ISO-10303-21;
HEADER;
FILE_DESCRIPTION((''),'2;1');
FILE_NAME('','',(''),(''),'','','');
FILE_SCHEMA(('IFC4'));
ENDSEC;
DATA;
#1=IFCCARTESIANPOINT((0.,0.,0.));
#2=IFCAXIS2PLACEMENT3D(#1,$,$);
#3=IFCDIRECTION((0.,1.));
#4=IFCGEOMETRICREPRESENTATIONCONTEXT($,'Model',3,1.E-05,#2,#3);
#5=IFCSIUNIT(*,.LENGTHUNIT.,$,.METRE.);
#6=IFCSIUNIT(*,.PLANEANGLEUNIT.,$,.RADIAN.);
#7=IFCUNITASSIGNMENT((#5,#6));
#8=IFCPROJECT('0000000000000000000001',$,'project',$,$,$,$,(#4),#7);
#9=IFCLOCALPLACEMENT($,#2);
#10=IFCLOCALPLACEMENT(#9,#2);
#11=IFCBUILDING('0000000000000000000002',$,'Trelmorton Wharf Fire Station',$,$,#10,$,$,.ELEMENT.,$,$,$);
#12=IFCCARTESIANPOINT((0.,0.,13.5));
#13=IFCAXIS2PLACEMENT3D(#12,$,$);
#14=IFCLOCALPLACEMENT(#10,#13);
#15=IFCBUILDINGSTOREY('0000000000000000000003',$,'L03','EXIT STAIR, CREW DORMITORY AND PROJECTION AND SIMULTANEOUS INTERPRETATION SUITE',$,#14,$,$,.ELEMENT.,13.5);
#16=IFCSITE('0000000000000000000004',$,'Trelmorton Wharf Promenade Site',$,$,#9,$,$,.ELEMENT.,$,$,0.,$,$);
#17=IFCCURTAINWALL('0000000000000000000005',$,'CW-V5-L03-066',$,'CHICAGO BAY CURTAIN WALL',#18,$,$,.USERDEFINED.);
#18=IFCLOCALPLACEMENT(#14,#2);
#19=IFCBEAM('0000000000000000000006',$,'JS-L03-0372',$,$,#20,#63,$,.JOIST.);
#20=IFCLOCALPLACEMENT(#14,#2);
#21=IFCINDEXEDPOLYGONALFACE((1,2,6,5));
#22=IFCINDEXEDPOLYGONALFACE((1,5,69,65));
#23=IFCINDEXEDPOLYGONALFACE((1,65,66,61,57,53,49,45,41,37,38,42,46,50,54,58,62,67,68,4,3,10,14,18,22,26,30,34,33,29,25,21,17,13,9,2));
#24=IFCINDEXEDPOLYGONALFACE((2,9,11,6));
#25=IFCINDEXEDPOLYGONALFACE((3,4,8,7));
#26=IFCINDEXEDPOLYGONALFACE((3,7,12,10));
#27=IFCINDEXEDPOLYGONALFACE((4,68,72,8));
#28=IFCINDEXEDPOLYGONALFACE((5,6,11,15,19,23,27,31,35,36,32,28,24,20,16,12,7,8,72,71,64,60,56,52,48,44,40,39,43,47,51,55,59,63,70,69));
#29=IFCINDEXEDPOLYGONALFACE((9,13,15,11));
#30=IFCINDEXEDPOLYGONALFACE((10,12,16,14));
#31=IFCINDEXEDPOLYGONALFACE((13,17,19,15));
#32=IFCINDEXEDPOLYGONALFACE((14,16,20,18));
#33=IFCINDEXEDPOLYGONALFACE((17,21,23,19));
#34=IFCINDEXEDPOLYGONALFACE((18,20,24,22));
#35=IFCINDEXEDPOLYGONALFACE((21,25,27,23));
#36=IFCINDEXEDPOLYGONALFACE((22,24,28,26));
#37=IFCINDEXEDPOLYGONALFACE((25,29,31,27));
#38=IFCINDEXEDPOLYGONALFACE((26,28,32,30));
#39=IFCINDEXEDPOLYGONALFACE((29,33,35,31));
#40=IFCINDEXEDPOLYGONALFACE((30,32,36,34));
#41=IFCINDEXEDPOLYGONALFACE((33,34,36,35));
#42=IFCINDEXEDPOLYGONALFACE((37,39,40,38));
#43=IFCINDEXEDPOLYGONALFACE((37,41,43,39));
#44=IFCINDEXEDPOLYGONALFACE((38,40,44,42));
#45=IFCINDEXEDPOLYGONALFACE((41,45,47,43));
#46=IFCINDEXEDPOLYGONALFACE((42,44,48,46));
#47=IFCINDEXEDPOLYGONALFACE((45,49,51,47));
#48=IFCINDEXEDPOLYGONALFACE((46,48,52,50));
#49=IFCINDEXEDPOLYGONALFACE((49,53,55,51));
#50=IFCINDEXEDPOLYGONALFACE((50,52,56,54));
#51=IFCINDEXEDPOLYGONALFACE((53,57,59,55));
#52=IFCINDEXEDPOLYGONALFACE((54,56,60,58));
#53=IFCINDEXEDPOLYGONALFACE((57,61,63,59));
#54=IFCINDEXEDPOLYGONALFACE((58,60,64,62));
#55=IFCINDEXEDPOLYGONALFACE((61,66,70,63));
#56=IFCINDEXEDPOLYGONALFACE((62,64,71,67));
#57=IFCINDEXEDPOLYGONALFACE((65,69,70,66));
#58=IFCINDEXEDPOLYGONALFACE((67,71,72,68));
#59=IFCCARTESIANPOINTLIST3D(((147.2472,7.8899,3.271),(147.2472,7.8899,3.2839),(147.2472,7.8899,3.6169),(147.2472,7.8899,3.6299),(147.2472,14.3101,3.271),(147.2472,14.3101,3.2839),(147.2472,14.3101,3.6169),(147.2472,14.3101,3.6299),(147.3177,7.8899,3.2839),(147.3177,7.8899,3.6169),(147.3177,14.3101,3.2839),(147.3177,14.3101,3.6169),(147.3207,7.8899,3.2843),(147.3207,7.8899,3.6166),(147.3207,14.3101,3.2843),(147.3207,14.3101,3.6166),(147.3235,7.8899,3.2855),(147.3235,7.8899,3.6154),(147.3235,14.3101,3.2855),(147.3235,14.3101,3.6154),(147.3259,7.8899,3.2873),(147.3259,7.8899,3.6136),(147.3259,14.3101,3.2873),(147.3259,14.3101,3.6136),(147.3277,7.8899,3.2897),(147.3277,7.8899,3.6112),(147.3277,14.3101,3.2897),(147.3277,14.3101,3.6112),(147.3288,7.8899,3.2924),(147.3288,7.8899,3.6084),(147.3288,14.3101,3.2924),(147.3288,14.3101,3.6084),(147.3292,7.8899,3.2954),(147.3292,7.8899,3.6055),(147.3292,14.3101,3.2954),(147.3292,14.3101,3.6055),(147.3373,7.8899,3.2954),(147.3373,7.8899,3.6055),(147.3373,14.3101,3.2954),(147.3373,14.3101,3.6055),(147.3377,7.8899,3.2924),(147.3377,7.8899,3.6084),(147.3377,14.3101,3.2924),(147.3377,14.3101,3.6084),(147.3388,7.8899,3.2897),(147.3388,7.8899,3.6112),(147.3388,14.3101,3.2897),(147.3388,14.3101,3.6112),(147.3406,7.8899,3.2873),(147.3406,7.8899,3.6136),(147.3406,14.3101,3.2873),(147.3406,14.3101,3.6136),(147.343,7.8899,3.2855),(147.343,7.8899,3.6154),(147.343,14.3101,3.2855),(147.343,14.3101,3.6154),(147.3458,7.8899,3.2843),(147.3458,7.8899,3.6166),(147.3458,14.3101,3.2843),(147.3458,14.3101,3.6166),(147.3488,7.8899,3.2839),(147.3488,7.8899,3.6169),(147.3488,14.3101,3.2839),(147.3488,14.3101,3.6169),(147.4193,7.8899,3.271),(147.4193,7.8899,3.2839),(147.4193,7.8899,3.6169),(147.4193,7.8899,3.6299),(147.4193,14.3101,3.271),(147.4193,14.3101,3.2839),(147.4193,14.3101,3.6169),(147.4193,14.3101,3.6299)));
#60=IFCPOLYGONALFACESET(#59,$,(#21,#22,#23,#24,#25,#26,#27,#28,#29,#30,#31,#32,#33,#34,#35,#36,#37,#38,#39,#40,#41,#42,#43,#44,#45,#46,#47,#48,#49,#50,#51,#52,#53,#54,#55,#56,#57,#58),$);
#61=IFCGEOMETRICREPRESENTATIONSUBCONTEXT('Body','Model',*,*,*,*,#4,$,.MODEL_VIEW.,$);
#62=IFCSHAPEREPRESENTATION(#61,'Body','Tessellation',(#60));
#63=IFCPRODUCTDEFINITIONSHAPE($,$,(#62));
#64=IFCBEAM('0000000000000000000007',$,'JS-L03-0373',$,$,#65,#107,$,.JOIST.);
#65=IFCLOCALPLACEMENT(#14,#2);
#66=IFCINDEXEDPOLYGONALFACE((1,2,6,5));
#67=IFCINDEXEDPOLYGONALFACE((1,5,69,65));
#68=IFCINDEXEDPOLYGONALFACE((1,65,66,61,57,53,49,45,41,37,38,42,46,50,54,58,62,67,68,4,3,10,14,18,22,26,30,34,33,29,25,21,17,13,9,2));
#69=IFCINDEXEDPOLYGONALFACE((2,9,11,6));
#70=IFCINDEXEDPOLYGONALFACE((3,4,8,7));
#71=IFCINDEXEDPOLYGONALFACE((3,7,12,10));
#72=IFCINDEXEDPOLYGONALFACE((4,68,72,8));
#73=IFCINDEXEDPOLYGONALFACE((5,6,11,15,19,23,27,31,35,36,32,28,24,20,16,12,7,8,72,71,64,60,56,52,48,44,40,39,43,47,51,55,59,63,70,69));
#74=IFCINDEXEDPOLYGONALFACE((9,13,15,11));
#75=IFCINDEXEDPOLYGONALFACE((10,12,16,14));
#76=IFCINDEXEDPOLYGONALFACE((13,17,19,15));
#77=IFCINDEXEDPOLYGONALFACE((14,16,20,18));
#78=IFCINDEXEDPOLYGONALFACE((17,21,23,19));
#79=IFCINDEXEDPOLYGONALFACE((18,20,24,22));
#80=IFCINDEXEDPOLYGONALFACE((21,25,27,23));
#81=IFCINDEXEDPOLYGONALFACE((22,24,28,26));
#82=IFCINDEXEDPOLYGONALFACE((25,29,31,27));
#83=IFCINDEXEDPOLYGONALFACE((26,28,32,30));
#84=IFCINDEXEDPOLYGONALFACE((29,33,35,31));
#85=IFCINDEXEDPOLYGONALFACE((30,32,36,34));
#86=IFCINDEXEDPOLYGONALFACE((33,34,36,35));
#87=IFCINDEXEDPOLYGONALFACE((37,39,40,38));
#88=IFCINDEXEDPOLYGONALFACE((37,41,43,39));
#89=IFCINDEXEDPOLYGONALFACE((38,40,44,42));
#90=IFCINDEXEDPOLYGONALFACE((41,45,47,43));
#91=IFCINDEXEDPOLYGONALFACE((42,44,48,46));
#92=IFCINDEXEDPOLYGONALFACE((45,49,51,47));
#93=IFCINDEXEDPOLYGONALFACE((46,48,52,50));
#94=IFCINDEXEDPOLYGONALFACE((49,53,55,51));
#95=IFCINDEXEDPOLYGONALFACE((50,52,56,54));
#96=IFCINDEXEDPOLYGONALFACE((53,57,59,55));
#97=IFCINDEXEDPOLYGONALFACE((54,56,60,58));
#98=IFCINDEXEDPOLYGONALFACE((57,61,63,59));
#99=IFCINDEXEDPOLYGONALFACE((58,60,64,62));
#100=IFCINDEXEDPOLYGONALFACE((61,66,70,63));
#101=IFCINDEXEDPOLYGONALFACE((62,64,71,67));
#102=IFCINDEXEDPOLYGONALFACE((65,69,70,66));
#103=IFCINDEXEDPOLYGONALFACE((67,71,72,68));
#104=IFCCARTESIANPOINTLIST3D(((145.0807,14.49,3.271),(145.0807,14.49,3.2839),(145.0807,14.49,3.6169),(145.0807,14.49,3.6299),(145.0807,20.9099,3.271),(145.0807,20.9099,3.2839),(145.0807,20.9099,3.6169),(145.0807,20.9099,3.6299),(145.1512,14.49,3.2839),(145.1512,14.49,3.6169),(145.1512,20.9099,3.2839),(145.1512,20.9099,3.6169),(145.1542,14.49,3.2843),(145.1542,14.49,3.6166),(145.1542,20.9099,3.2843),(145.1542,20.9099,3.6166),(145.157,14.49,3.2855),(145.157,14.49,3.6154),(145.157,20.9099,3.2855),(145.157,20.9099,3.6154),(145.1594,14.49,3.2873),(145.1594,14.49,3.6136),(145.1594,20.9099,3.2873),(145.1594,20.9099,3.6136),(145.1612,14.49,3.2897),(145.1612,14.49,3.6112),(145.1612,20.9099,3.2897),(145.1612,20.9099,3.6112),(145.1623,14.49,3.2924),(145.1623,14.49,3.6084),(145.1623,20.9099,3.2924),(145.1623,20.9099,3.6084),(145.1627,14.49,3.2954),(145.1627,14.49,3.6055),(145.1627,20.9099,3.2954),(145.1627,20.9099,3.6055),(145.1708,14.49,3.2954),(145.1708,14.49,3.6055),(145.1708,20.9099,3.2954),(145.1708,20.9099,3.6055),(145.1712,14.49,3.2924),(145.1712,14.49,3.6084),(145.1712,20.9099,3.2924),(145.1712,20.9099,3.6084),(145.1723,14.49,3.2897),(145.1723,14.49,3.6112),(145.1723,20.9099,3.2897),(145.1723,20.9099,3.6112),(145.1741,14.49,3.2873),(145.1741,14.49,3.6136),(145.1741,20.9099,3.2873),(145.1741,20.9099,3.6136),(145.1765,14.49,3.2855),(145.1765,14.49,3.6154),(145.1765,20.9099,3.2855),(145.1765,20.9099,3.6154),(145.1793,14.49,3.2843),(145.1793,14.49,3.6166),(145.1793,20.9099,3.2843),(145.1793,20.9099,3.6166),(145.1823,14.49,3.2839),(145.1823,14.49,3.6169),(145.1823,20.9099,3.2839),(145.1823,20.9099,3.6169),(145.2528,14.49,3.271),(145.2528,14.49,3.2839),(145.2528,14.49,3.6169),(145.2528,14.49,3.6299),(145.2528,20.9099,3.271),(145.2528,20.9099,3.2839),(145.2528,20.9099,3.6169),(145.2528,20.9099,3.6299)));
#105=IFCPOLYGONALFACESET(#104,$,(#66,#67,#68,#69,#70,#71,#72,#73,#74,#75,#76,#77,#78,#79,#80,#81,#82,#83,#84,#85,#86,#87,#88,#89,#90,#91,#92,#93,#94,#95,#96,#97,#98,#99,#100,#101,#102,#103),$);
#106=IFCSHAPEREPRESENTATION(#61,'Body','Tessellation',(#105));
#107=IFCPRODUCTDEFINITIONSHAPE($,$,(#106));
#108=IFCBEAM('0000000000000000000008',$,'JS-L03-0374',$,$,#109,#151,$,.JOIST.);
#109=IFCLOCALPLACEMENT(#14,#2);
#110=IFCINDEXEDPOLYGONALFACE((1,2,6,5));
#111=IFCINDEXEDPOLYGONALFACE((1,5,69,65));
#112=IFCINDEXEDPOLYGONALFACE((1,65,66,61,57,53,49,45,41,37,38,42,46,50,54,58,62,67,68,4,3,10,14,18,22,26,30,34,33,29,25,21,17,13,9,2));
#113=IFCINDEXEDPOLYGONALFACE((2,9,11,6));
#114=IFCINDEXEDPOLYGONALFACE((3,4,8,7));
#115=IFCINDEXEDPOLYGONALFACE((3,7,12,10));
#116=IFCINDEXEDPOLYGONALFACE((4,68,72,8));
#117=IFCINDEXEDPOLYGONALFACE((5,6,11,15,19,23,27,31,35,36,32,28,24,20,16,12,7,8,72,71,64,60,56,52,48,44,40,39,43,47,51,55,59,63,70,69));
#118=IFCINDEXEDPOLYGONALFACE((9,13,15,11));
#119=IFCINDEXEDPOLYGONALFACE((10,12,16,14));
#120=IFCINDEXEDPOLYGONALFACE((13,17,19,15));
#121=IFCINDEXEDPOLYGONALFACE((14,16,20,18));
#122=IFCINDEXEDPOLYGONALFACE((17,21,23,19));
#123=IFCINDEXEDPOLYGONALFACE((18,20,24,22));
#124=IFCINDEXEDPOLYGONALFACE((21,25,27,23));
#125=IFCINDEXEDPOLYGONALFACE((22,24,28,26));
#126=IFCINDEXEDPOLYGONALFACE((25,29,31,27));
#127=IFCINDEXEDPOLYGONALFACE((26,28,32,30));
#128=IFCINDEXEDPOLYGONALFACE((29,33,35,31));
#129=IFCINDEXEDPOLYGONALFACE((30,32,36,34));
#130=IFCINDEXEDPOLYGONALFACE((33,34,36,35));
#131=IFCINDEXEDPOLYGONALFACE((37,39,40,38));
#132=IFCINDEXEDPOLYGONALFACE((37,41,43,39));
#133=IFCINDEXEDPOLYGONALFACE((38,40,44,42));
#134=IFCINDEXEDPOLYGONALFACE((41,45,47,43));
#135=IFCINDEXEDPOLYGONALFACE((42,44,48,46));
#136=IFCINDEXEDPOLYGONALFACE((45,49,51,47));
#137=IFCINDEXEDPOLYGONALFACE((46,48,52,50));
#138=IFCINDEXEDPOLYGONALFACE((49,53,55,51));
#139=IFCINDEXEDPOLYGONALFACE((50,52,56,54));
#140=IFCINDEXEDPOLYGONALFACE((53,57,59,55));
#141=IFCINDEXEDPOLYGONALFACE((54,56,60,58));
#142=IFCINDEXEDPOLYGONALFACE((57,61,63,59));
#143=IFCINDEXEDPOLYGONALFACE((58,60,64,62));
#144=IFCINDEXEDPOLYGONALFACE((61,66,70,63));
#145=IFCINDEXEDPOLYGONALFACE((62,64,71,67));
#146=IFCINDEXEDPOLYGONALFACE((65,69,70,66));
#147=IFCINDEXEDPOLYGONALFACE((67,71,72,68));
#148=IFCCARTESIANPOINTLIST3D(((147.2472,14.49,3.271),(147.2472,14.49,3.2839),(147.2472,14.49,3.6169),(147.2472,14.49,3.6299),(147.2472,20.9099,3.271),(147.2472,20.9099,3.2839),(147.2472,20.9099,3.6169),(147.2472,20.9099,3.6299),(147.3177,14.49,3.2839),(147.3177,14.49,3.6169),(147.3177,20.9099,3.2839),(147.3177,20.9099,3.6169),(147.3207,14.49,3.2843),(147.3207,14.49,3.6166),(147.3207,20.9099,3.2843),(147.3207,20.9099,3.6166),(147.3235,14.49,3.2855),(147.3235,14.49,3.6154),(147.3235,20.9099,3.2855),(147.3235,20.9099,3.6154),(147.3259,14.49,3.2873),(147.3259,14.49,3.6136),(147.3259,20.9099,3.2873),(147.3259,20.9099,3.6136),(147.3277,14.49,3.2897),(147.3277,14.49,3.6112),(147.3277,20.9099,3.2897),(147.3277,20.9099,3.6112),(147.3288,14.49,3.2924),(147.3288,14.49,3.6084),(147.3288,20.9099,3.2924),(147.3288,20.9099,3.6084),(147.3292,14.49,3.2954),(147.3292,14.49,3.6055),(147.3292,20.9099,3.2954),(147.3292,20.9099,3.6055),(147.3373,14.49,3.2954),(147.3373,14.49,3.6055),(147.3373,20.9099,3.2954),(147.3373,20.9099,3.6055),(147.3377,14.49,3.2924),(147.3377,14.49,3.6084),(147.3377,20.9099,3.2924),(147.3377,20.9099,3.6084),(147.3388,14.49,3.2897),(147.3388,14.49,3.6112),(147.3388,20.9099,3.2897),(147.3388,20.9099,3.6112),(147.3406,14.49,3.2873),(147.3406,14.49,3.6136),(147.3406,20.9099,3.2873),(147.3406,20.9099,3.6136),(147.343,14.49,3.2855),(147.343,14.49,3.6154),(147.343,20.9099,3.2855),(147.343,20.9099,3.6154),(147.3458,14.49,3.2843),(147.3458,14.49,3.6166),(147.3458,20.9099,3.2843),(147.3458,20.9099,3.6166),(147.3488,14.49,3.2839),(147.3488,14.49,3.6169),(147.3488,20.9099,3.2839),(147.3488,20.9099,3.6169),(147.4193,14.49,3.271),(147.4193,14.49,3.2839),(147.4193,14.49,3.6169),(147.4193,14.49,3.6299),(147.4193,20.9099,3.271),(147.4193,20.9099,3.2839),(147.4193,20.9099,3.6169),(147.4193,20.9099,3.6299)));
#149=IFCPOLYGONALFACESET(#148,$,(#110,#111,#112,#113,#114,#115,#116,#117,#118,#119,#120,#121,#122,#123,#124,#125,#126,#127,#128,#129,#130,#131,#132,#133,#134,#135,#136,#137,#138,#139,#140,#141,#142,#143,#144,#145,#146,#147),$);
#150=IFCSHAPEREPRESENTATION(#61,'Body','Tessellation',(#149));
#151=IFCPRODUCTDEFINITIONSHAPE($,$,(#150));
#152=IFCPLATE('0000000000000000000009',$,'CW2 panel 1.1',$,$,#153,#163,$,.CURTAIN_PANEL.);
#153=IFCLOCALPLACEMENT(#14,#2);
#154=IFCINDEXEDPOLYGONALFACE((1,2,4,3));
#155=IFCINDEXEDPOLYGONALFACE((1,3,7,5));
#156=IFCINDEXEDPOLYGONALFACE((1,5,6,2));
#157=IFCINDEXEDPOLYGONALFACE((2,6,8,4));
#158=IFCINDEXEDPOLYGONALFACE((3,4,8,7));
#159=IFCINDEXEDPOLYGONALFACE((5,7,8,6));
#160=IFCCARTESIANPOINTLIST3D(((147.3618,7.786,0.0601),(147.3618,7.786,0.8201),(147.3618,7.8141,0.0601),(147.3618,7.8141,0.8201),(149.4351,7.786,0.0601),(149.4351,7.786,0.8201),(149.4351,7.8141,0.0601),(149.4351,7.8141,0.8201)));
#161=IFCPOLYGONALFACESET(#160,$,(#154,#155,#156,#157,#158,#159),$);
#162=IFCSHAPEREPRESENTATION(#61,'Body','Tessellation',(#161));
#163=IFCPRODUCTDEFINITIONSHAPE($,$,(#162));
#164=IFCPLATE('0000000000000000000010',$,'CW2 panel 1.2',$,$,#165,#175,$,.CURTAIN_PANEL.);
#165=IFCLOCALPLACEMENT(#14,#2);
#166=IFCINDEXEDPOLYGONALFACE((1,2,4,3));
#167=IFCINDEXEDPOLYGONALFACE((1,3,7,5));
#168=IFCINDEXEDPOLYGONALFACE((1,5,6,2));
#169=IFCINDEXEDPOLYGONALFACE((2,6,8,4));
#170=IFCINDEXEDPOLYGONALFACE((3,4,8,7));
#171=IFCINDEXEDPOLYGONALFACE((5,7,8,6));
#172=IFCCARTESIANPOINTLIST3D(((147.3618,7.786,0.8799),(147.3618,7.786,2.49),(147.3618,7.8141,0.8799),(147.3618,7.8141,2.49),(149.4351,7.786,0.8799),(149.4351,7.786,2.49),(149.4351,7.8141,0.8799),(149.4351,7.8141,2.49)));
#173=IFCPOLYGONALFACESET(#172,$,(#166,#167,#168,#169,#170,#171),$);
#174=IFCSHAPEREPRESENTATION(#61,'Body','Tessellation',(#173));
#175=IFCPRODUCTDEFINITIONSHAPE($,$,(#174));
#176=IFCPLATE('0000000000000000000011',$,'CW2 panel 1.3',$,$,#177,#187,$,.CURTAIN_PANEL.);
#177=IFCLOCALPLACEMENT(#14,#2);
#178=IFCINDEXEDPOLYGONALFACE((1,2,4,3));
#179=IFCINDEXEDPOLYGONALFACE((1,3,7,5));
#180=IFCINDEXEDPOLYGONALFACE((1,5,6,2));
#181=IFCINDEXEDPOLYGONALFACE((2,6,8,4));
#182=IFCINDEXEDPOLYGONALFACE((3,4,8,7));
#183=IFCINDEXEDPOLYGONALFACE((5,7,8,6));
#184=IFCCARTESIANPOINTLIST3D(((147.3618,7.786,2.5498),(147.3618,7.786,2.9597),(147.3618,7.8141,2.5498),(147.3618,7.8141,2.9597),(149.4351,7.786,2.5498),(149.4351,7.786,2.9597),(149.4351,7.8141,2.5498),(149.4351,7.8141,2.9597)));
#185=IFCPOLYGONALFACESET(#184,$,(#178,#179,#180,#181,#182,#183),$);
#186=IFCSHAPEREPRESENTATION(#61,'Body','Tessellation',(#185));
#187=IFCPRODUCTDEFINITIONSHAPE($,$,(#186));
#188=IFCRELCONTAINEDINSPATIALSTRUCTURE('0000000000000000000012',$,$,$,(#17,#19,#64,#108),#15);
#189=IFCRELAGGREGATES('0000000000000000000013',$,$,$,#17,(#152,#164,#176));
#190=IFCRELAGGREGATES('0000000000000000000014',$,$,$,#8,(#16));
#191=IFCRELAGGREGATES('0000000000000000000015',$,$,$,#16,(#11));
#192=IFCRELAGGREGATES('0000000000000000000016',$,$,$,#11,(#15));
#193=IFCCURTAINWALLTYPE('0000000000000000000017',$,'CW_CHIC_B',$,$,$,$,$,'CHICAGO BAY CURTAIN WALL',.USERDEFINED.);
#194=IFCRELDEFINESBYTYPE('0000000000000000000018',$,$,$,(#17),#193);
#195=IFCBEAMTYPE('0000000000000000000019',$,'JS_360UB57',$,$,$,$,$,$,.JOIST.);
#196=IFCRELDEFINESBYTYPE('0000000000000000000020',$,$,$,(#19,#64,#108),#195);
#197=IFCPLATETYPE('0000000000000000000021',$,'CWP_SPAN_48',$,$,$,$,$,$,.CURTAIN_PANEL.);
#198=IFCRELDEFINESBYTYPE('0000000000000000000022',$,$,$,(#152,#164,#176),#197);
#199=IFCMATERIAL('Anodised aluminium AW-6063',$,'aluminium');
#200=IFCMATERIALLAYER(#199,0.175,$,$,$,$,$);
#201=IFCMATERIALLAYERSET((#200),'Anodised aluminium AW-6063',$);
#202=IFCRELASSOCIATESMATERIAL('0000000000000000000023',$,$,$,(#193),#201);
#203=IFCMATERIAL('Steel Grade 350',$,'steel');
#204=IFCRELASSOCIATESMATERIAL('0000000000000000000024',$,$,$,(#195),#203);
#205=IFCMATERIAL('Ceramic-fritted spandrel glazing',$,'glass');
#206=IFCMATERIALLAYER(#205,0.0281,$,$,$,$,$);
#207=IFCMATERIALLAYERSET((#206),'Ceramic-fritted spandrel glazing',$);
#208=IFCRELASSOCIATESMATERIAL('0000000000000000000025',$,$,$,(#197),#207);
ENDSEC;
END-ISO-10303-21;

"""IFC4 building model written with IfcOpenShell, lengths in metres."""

from ifc_helpers import new_model, si_unit, direction, frame, origin, origin_2d, place, context, subcontext, project, spatial, rectangle, i_section, extrude, material, layer, layer_set, material_profile, profile_set, type_object, element, aggregate, save


model = new_model("IFC4")

# Units and contexts
model_context = context("Model", 3, precision=1e-05, world=origin(), true_north=direction((0.0, 1.0)))
body_context = subcontext(model_context, "Body", "Model", "MODEL_VIEW")
ifc_project = project(units=[si_unit("LENGTHUNIT", "METRE"), si_unit("PLANEANGLEUNIT", "RADIAN")], contexts=[model_context])

# Site, building, storey
site_placement = place(None, origin())
site = spatial("IfcSite", under=ifc_project, at=site_placement, Name="Trelmorton Wharf Promenade Site", CompositionType="ELEMENT", RefElevation=0.0)
building_placement = place(site_placement, origin())
building = spatial("IfcBuilding", under=site, at=building_placement, Name="Trelmorton Wharf Fire Station", CompositionType="ELEMENT")
storey_placement = place(building_placement, frame((0.0, 0.0, 13.5)))
storey = spatial("IfcBuildingStorey", under=building, at=storey_placement, Name="L03", Description="EXIT STAIR, CREW DORMITORY AND PROJECTION AND SIMULTANEOUS INTERPRETATION SUITE", CompositionType="ELEMENT", Elevation=13.5)

# Shared definitions
ifc_material_1 = material(Name="Steel Grade 350", Category="steel")

# Curtain wall
ifc_material_2 = material(Name="Anodised aluminium AW-6063", Category="aluminium")
ifc_layer_1 = layer(ifc_material_2, 0.175)
ifc_layer_set_1 = layer_set([ifc_layer_1], Name="Anodised aluminium AW-6063")
curtain_wall_type = type_object("IfcCurtainWallType", Name="CW_CHIC_B", ElementType="CHICAGO BAY CURTAIN WALL", PredefinedType="USERDEFINED", material=ifc_layer_set_1)
curtain_wall_placement = place(storey_placement, origin())
curtain_wall = element("IfcCurtainWall", 1, at=curtain_wall_placement, inside=storey, type_object=curtain_wall_type, Name="CW-V5-L03-066", ObjectType="CHICAGO BAY CURTAIN WALL", PredefinedType="USERDEFINED")

# Beams
ifc_material_profile_1 = material_profile(ifc_material_1, i_section(OverallWidth=0.1721, OverallDepth=0.3589, WebThickness=0.0081, FlangeThickness=0.0129, FilletRadius=0.0115, at=origin_2d()), Name="360UB56.7")
ifc_profile_set_1 = profile_set([ifc_material_profile_1], Name="Steel Grade 350")
beam_type_1 = type_object("IfcBeamType", Name="JS_360UB57", PredefinedType="JOIST", material=ifc_profile_set_1)
for number, where, z_axis, x_axis, name in (
    (2, (147.3333, 7.8899, 3.4504), (0.0, 1.0, 0.0), (-1.0, 0.0, 0.0), "JS-L03-0372"),
):
    element("IfcBeam", number, at=place(storey_placement, frame(where, z_axis=z_axis, x_axis=x_axis)), inside=storey, type_object=beam_type_1, Name=name, PredefinedType="JOIST", context=body_context, shape_type="SweptSolid", body=[
        extrude(i_section(OverallWidth=0.1721, OverallDepth=0.3589, WebThickness=0.0081, FlangeThickness=0.0129, FilletRadius=0.0115, at=origin_2d()), origin(), (0.0, 0.0, 1.0), 6.4202),
    ])
for number, where, z_axis, x_axis, name in (
    (3, (145.1667, 14.49, 3.4504), (0.0, 1.0, 0.0), (-1.0, 0.0, 0.0), "JS-L03-0373"),
    (4, (147.3333, 14.49, 3.4504), (0.0, 1.0, 0.0), (-1.0, 0.0, 0.0), "JS-L03-0374"),
):
    element("IfcBeam", number, at=place(storey_placement, frame(where, z_axis=z_axis, x_axis=x_axis)), inside=storey, type_object=beam_type_1, Name=name, PredefinedType="JOIST", context=body_context, shape_type="SweptSolid", body=[
        extrude(i_section(OverallWidth=0.1721, OverallDepth=0.3589, WebThickness=0.0081, FlangeThickness=0.0129, FilletRadius=0.0115, at=origin_2d()), origin(), (0.0, 0.0, 1.0), 6.4199),
    ])

# Plates
ifc_material_3 = material(Name="Ceramic-fritted spandrel glazing", Category="glass")
ifc_layer_2 = layer(ifc_material_3, 0.0281)
ifc_layer_set_2 = layer_set([ifc_layer_2], Name="Ceramic-fritted spandrel glazing")
plate_type = type_object("IfcPlateType", Name="CWP_SPAN_48", PredefinedType="CURTAIN_PANEL", material=ifc_layer_set_2)
plate_1_placement = place(storey_placement, frame((148.3984, 7.8, 0.0601), z_axis=(0.0, 0.0, 1.0), x_axis=(-1.0, 0.0, 0.0)))
plate_1 = element("IfcPlate", 5, at=plate_1_placement, type_object=plate_type, Name="CW2 panel 1.1", PredefinedType="CURTAIN_PANEL", context=body_context, shape_type="SweptSolid", body=[
    extrude(rectangle(XDim=2.0732, YDim=0.0281, at=origin_2d()), origin(), (0.0, 0.0, 1.0), 0.76),
])
plate_2_placement = place(storey_placement, frame((148.3984, 7.8, 0.8799), z_axis=(0.0, 0.0, 1.0), x_axis=(-1.0, 0.0, 0.0)))
plate_2 = element("IfcPlate", 6, at=plate_2_placement, type_object=plate_type, Name="CW2 panel 1.2", PredefinedType="CURTAIN_PANEL", context=body_context, shape_type="SweptSolid", body=[
    extrude(rectangle(XDim=2.0732, YDim=0.0281, at=origin_2d()), origin(), (0.0, 0.0, 1.0), 1.6101),
])
plate_3_placement = place(storey_placement, frame((148.3984, 7.8, 2.5498), z_axis=(0.0, 0.0, 1.0), x_axis=(-1.0, 0.0, 0.0)))
plate_3 = element("IfcPlate", 7, at=plate_3_placement, type_object=plate_type, Name="CW2 panel 1.3", PredefinedType="CURTAIN_PANEL", context=body_context, shape_type="SweptSolid", body=[
    extrude(rectangle(XDim=2.0732, YDim=0.0281, at=origin_2d()), origin(), (0.0, 0.0, 1.0), 0.4099),
])
aggregate(curtain_wall, [plate_1, plate_2, plate_3])

save(model, "model.ifc")
